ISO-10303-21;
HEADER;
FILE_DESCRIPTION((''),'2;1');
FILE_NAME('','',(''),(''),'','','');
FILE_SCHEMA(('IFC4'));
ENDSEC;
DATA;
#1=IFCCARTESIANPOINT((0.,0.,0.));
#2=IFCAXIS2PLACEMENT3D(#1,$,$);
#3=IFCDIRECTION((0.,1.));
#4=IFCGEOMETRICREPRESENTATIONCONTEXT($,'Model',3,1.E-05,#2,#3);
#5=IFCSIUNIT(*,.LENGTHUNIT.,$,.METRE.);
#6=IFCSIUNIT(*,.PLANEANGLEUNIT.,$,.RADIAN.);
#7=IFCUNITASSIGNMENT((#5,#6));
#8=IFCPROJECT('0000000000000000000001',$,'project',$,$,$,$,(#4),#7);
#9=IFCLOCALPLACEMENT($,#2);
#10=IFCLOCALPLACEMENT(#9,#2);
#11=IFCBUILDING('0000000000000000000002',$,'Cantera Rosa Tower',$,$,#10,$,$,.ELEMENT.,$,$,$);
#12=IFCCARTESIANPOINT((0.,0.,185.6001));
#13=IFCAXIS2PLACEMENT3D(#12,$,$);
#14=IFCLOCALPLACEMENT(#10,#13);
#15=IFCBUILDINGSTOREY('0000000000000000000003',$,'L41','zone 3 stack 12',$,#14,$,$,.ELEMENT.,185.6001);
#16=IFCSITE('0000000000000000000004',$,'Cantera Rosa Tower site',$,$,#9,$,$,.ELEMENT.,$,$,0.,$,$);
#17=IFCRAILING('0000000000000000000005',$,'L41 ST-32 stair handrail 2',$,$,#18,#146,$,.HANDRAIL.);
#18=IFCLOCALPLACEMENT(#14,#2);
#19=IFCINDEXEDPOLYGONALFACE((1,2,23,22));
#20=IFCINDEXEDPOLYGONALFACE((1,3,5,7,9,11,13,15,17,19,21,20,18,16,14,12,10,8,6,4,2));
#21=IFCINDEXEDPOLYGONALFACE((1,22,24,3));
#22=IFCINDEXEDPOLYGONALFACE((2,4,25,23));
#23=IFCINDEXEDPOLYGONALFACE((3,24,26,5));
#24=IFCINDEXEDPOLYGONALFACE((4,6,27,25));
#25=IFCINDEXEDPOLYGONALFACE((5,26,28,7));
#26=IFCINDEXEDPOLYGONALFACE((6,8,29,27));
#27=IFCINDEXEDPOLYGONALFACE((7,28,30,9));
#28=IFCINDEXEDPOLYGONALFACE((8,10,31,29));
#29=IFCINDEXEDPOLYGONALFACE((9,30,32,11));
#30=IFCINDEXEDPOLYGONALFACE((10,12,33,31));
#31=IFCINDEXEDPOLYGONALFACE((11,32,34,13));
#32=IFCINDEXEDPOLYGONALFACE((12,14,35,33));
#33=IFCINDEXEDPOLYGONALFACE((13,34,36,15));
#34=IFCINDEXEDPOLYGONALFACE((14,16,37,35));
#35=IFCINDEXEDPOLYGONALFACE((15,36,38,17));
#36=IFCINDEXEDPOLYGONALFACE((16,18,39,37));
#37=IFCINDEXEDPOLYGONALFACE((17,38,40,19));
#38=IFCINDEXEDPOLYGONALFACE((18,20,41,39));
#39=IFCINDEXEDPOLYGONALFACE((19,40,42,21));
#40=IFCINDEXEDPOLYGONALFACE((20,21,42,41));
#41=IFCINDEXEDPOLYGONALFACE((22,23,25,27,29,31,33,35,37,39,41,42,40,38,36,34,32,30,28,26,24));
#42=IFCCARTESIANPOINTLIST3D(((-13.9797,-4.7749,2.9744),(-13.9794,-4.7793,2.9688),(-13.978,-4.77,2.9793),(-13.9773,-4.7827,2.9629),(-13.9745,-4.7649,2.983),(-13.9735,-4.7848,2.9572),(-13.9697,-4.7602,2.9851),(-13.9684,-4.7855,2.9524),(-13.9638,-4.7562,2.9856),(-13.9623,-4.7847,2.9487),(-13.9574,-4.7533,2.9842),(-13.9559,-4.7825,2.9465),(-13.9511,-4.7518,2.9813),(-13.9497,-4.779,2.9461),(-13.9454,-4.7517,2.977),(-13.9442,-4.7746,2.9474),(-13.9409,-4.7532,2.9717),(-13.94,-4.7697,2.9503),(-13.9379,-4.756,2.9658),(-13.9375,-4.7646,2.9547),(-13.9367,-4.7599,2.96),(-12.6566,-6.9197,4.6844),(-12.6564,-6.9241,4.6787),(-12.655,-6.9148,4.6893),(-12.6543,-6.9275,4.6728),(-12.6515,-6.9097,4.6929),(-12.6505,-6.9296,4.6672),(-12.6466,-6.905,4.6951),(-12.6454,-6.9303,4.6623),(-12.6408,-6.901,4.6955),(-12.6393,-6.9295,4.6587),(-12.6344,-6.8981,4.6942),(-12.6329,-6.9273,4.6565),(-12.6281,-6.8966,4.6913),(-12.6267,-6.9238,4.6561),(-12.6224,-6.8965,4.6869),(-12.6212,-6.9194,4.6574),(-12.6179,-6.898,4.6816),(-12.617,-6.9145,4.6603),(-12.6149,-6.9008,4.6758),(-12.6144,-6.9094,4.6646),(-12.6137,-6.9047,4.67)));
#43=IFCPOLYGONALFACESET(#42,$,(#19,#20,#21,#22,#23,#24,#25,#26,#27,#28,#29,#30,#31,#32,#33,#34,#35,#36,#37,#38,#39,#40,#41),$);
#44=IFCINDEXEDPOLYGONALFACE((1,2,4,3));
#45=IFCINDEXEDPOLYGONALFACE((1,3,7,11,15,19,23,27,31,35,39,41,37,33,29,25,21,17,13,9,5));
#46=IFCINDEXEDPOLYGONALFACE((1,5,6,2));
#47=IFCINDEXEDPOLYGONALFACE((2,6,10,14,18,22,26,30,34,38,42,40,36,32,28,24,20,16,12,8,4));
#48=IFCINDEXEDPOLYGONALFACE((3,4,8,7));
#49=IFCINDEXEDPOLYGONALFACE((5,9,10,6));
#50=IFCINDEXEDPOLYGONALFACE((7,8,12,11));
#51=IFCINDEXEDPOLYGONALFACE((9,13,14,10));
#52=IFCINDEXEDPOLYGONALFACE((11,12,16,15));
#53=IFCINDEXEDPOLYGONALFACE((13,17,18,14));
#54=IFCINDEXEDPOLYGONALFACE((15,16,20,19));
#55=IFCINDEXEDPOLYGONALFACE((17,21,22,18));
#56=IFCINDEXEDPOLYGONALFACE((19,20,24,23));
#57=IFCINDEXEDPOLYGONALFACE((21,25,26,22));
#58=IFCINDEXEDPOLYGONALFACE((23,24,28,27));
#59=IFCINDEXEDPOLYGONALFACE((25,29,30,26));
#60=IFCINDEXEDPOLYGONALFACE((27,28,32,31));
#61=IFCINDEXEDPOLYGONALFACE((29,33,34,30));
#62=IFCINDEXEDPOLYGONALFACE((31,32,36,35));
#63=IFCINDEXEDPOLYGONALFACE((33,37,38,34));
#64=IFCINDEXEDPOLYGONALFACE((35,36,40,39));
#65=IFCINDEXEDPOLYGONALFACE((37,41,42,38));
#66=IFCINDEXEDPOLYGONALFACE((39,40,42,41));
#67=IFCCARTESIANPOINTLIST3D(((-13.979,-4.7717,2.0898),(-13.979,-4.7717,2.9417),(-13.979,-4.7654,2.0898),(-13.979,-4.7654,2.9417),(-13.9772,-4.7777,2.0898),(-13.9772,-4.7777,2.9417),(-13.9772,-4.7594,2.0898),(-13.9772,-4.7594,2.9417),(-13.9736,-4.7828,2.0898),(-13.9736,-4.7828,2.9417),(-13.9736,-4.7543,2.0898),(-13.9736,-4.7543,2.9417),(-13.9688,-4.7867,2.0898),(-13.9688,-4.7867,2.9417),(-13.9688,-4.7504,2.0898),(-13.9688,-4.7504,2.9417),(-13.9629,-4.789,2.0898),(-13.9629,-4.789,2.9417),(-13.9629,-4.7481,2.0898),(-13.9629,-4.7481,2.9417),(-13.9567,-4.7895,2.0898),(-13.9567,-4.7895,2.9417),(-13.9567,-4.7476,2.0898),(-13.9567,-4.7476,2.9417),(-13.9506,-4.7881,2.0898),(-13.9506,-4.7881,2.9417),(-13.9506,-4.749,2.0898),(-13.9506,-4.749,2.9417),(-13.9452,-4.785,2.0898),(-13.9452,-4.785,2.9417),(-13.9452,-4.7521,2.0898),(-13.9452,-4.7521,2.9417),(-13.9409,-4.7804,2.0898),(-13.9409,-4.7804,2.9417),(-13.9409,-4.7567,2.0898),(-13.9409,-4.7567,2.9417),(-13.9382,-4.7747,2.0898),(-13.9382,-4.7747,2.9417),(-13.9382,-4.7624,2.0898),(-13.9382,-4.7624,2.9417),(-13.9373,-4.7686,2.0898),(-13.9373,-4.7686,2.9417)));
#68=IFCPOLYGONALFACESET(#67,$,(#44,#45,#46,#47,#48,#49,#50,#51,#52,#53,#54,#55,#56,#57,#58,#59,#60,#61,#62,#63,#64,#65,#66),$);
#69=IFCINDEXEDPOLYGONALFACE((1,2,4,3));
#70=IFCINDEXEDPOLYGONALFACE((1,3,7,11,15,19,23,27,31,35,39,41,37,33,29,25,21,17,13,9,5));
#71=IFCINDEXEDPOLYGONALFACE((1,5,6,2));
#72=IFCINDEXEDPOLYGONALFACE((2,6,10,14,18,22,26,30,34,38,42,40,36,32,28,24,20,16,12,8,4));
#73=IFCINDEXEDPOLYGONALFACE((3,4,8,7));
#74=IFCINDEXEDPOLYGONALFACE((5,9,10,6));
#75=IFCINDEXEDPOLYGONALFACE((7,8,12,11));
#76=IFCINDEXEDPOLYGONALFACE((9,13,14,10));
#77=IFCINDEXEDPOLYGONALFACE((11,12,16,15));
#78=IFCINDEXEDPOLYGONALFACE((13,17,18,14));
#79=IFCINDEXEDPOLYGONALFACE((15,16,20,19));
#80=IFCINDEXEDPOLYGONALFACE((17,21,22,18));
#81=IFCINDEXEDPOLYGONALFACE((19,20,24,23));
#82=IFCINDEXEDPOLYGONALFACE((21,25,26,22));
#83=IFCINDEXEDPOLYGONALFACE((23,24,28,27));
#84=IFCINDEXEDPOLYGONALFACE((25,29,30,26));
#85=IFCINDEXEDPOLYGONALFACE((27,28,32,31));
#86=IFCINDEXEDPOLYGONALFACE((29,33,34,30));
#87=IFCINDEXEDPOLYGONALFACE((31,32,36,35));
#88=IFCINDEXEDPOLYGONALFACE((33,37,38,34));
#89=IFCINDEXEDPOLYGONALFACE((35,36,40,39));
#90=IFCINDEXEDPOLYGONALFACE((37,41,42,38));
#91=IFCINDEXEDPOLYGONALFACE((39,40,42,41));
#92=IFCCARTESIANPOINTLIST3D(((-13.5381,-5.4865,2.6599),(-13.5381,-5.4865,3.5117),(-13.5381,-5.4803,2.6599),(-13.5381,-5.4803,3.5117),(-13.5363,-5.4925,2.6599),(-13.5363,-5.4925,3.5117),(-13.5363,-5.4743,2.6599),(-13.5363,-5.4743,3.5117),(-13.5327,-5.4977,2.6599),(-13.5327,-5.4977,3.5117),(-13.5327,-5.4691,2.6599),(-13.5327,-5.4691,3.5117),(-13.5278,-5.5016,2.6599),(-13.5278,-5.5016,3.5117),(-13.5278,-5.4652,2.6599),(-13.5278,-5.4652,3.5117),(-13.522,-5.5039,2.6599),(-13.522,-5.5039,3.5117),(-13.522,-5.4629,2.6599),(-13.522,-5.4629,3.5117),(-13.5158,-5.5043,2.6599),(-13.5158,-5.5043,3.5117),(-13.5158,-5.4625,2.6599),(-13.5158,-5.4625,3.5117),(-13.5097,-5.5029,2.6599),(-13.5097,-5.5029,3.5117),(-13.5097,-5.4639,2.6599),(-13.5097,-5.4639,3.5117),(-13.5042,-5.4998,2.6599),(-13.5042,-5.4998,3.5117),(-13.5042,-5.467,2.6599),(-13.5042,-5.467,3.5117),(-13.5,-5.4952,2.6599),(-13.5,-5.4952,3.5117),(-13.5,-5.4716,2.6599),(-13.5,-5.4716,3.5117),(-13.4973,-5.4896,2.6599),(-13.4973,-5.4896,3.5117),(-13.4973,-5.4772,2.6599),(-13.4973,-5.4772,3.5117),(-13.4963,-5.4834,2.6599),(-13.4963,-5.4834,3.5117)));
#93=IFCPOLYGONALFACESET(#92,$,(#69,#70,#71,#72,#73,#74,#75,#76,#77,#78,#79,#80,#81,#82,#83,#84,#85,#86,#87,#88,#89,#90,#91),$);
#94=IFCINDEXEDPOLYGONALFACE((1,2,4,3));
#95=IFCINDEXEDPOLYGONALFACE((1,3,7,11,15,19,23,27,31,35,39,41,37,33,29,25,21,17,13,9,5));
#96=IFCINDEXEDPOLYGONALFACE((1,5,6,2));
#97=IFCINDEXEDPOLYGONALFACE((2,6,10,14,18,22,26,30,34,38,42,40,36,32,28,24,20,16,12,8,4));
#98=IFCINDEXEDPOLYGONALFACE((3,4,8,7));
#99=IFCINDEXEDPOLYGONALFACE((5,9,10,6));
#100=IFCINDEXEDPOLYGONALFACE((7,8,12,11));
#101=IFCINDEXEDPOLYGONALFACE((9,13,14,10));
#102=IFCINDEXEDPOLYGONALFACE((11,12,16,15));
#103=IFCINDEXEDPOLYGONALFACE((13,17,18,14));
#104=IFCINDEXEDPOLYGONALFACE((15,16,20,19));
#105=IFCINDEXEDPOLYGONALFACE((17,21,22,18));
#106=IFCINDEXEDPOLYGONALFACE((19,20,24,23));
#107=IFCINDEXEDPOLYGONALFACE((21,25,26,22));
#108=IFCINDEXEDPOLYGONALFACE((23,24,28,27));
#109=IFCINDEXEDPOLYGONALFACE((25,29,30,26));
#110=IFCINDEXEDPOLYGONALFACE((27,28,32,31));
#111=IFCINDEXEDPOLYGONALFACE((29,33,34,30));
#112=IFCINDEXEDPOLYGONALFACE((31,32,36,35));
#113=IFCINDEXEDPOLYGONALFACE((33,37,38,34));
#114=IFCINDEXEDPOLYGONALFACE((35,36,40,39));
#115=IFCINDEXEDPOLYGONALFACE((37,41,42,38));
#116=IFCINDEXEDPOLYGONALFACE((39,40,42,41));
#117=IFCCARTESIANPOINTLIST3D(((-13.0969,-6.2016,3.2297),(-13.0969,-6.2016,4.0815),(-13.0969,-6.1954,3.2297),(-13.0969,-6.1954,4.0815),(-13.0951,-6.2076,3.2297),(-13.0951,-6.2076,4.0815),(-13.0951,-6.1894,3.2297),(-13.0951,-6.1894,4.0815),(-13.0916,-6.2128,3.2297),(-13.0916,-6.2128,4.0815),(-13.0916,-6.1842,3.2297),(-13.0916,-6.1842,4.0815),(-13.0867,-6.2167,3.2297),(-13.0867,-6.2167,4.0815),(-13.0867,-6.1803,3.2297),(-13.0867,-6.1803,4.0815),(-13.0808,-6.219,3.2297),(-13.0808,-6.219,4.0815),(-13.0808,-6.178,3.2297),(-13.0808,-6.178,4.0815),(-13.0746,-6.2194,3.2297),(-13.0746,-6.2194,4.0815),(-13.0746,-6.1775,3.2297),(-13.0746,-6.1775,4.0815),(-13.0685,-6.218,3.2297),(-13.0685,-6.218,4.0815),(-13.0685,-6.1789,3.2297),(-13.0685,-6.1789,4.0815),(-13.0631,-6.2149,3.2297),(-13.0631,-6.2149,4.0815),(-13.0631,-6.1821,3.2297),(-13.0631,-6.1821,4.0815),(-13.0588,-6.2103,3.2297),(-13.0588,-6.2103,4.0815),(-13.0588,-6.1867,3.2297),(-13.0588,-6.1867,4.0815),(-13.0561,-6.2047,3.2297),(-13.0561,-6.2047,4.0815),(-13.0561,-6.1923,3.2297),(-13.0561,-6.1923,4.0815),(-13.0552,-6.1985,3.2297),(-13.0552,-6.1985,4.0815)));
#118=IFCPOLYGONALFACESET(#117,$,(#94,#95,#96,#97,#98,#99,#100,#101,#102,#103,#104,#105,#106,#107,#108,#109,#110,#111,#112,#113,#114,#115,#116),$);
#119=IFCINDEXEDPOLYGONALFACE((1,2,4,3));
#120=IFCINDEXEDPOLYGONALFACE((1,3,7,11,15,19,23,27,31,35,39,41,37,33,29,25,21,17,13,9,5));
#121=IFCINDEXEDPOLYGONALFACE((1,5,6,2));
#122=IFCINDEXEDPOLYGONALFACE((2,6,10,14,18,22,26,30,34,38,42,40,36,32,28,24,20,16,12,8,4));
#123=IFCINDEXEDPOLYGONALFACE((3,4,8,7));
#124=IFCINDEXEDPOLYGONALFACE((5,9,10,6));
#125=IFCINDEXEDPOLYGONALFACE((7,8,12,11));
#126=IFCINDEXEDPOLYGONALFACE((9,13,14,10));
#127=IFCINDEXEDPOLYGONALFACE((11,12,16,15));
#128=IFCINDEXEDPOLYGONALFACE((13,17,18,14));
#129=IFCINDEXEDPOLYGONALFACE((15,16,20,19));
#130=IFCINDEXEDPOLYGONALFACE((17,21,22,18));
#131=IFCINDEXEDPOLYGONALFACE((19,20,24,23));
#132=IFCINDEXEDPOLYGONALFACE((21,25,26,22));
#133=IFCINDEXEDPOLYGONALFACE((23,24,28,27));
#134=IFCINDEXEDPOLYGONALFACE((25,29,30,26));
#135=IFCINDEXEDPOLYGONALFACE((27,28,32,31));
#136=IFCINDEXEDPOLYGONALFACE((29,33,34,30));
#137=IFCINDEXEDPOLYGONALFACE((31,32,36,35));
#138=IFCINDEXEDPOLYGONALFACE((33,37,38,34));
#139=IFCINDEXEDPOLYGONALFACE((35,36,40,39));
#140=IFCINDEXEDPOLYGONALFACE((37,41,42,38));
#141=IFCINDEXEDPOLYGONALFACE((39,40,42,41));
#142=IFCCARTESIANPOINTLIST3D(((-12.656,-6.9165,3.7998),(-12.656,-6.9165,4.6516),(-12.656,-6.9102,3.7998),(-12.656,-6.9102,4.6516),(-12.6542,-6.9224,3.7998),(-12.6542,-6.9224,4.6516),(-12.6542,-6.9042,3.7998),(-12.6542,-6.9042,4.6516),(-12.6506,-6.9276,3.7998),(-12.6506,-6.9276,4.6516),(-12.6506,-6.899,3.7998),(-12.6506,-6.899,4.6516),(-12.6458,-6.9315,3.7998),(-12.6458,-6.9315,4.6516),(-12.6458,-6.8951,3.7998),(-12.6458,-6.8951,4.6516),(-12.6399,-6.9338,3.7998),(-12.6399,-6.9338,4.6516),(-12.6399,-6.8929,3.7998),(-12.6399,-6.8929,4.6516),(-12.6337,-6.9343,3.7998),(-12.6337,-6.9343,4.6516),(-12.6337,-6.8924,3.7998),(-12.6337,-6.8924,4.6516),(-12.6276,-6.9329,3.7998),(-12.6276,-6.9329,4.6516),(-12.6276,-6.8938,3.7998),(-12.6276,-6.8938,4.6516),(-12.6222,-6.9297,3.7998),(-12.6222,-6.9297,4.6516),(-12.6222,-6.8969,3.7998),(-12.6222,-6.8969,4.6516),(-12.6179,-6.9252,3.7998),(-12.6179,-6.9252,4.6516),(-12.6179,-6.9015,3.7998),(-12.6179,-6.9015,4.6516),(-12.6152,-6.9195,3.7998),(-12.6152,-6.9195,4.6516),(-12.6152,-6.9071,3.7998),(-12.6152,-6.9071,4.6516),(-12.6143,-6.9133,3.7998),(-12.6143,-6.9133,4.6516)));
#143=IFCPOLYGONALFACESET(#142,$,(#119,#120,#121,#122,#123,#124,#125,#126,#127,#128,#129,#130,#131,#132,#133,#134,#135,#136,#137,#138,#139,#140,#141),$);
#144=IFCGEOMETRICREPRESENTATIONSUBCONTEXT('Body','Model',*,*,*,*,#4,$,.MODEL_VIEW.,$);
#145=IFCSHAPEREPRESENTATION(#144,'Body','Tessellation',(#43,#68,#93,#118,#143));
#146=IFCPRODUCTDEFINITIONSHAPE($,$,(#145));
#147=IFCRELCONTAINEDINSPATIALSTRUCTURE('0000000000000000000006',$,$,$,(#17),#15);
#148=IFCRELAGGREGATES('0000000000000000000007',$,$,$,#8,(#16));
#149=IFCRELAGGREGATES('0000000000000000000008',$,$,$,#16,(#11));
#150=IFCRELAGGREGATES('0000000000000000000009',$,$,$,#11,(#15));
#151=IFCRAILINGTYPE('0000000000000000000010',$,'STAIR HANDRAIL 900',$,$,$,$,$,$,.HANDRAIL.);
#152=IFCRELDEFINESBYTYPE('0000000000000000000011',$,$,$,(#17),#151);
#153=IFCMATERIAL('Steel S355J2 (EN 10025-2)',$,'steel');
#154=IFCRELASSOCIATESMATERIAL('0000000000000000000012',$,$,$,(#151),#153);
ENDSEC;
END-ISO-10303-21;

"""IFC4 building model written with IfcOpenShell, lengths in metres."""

from ifc_helpers import new_model, si_unit, direction, frame, origin, origin_2d, place, context, subcontext, project, spatial, circle, extrude, material, type_object, element, save


model = new_model("IFC4")

# Units and contexts
model_context = context("Model", 3, precision=1e-05, world=origin(), true_north=direction((0.0, 1.0)))
body_context = subcontext(model_context, "Body", "Model", "MODEL_VIEW")
ifc_project = project(units=[si_unit("LENGTHUNIT", "METRE"), si_unit("PLANEANGLEUNIT", "RADIAN")], contexts=[model_context])

# Site, building, storey
site_placement = place(None, origin())
site = spatial("IfcSite", under=ifc_project, at=site_placement, Name="Cantera Rosa Tower site", CompositionType="ELEMENT", RefElevation=0.0)
building_placement = place(site_placement, origin())
building = spatial("IfcBuilding", under=site, at=building_placement, Name="Cantera Rosa Tower", CompositionType="ELEMENT")
storey_placement = place(building_placement, frame((0.0, 0.0, 185.6001)))
storey = spatial("IfcBuildingStorey", under=building, at=storey_placement, Name="L41", Description="zone 3 stack 12", CompositionType="ELEMENT", Elevation=185.6001)

# Railing
ifc_material_1 = material(Name="Steel S355J2 (EN 10025-2)", Category="steel")
railing_type_1 = type_object("IfcRailingType", Name="STAIR HANDRAIL 900", PredefinedType="HANDRAIL", material=ifc_material_1)
railing_1_placement = place(storey_placement, frame((-13.9583, -4.7686, 2.0898)))
element("IfcRailing", 1, at=railing_1_placement, inside=storey, type_object=railing_type_1, Name="L41 ST-32 stair handrail 2", PredefinedType="HANDRAIL", context=body_context, shape_type="SweptSolid", body=[
    extrude(circle(Radius=0.0239, at=origin_2d()), frame((0.0, 0.0, 0.876), z_axis=(0.434428, -0.704271, 0.561493), x_axis=(0.851102, 0.525, 0.0)), (0.0, 0.0, 1.0), 3.0454),
    extrude(circle(Radius=0.021, at=origin_2d()), origin(), (0.0, 0.0, 1.0), 0.8518),
    extrude(circle(Radius=0.021, at=origin_2d()), frame((0.4409, -0.7148, 0.5701)), (0.0, 0.0, 1.0), 0.8518),
    extrude(circle(Radius=0.021, at=origin_2d()), frame((0.8821, -1.4299, 1.1399)), (0.0, 0.0, 1.0), 0.8518),
    extrude(circle(Radius=0.021, at=origin_2d()), frame((1.323, -2.1448, 1.71)), (0.0, 0.0, 1.0), 0.8518),
])

save(model, "model.ifc")
